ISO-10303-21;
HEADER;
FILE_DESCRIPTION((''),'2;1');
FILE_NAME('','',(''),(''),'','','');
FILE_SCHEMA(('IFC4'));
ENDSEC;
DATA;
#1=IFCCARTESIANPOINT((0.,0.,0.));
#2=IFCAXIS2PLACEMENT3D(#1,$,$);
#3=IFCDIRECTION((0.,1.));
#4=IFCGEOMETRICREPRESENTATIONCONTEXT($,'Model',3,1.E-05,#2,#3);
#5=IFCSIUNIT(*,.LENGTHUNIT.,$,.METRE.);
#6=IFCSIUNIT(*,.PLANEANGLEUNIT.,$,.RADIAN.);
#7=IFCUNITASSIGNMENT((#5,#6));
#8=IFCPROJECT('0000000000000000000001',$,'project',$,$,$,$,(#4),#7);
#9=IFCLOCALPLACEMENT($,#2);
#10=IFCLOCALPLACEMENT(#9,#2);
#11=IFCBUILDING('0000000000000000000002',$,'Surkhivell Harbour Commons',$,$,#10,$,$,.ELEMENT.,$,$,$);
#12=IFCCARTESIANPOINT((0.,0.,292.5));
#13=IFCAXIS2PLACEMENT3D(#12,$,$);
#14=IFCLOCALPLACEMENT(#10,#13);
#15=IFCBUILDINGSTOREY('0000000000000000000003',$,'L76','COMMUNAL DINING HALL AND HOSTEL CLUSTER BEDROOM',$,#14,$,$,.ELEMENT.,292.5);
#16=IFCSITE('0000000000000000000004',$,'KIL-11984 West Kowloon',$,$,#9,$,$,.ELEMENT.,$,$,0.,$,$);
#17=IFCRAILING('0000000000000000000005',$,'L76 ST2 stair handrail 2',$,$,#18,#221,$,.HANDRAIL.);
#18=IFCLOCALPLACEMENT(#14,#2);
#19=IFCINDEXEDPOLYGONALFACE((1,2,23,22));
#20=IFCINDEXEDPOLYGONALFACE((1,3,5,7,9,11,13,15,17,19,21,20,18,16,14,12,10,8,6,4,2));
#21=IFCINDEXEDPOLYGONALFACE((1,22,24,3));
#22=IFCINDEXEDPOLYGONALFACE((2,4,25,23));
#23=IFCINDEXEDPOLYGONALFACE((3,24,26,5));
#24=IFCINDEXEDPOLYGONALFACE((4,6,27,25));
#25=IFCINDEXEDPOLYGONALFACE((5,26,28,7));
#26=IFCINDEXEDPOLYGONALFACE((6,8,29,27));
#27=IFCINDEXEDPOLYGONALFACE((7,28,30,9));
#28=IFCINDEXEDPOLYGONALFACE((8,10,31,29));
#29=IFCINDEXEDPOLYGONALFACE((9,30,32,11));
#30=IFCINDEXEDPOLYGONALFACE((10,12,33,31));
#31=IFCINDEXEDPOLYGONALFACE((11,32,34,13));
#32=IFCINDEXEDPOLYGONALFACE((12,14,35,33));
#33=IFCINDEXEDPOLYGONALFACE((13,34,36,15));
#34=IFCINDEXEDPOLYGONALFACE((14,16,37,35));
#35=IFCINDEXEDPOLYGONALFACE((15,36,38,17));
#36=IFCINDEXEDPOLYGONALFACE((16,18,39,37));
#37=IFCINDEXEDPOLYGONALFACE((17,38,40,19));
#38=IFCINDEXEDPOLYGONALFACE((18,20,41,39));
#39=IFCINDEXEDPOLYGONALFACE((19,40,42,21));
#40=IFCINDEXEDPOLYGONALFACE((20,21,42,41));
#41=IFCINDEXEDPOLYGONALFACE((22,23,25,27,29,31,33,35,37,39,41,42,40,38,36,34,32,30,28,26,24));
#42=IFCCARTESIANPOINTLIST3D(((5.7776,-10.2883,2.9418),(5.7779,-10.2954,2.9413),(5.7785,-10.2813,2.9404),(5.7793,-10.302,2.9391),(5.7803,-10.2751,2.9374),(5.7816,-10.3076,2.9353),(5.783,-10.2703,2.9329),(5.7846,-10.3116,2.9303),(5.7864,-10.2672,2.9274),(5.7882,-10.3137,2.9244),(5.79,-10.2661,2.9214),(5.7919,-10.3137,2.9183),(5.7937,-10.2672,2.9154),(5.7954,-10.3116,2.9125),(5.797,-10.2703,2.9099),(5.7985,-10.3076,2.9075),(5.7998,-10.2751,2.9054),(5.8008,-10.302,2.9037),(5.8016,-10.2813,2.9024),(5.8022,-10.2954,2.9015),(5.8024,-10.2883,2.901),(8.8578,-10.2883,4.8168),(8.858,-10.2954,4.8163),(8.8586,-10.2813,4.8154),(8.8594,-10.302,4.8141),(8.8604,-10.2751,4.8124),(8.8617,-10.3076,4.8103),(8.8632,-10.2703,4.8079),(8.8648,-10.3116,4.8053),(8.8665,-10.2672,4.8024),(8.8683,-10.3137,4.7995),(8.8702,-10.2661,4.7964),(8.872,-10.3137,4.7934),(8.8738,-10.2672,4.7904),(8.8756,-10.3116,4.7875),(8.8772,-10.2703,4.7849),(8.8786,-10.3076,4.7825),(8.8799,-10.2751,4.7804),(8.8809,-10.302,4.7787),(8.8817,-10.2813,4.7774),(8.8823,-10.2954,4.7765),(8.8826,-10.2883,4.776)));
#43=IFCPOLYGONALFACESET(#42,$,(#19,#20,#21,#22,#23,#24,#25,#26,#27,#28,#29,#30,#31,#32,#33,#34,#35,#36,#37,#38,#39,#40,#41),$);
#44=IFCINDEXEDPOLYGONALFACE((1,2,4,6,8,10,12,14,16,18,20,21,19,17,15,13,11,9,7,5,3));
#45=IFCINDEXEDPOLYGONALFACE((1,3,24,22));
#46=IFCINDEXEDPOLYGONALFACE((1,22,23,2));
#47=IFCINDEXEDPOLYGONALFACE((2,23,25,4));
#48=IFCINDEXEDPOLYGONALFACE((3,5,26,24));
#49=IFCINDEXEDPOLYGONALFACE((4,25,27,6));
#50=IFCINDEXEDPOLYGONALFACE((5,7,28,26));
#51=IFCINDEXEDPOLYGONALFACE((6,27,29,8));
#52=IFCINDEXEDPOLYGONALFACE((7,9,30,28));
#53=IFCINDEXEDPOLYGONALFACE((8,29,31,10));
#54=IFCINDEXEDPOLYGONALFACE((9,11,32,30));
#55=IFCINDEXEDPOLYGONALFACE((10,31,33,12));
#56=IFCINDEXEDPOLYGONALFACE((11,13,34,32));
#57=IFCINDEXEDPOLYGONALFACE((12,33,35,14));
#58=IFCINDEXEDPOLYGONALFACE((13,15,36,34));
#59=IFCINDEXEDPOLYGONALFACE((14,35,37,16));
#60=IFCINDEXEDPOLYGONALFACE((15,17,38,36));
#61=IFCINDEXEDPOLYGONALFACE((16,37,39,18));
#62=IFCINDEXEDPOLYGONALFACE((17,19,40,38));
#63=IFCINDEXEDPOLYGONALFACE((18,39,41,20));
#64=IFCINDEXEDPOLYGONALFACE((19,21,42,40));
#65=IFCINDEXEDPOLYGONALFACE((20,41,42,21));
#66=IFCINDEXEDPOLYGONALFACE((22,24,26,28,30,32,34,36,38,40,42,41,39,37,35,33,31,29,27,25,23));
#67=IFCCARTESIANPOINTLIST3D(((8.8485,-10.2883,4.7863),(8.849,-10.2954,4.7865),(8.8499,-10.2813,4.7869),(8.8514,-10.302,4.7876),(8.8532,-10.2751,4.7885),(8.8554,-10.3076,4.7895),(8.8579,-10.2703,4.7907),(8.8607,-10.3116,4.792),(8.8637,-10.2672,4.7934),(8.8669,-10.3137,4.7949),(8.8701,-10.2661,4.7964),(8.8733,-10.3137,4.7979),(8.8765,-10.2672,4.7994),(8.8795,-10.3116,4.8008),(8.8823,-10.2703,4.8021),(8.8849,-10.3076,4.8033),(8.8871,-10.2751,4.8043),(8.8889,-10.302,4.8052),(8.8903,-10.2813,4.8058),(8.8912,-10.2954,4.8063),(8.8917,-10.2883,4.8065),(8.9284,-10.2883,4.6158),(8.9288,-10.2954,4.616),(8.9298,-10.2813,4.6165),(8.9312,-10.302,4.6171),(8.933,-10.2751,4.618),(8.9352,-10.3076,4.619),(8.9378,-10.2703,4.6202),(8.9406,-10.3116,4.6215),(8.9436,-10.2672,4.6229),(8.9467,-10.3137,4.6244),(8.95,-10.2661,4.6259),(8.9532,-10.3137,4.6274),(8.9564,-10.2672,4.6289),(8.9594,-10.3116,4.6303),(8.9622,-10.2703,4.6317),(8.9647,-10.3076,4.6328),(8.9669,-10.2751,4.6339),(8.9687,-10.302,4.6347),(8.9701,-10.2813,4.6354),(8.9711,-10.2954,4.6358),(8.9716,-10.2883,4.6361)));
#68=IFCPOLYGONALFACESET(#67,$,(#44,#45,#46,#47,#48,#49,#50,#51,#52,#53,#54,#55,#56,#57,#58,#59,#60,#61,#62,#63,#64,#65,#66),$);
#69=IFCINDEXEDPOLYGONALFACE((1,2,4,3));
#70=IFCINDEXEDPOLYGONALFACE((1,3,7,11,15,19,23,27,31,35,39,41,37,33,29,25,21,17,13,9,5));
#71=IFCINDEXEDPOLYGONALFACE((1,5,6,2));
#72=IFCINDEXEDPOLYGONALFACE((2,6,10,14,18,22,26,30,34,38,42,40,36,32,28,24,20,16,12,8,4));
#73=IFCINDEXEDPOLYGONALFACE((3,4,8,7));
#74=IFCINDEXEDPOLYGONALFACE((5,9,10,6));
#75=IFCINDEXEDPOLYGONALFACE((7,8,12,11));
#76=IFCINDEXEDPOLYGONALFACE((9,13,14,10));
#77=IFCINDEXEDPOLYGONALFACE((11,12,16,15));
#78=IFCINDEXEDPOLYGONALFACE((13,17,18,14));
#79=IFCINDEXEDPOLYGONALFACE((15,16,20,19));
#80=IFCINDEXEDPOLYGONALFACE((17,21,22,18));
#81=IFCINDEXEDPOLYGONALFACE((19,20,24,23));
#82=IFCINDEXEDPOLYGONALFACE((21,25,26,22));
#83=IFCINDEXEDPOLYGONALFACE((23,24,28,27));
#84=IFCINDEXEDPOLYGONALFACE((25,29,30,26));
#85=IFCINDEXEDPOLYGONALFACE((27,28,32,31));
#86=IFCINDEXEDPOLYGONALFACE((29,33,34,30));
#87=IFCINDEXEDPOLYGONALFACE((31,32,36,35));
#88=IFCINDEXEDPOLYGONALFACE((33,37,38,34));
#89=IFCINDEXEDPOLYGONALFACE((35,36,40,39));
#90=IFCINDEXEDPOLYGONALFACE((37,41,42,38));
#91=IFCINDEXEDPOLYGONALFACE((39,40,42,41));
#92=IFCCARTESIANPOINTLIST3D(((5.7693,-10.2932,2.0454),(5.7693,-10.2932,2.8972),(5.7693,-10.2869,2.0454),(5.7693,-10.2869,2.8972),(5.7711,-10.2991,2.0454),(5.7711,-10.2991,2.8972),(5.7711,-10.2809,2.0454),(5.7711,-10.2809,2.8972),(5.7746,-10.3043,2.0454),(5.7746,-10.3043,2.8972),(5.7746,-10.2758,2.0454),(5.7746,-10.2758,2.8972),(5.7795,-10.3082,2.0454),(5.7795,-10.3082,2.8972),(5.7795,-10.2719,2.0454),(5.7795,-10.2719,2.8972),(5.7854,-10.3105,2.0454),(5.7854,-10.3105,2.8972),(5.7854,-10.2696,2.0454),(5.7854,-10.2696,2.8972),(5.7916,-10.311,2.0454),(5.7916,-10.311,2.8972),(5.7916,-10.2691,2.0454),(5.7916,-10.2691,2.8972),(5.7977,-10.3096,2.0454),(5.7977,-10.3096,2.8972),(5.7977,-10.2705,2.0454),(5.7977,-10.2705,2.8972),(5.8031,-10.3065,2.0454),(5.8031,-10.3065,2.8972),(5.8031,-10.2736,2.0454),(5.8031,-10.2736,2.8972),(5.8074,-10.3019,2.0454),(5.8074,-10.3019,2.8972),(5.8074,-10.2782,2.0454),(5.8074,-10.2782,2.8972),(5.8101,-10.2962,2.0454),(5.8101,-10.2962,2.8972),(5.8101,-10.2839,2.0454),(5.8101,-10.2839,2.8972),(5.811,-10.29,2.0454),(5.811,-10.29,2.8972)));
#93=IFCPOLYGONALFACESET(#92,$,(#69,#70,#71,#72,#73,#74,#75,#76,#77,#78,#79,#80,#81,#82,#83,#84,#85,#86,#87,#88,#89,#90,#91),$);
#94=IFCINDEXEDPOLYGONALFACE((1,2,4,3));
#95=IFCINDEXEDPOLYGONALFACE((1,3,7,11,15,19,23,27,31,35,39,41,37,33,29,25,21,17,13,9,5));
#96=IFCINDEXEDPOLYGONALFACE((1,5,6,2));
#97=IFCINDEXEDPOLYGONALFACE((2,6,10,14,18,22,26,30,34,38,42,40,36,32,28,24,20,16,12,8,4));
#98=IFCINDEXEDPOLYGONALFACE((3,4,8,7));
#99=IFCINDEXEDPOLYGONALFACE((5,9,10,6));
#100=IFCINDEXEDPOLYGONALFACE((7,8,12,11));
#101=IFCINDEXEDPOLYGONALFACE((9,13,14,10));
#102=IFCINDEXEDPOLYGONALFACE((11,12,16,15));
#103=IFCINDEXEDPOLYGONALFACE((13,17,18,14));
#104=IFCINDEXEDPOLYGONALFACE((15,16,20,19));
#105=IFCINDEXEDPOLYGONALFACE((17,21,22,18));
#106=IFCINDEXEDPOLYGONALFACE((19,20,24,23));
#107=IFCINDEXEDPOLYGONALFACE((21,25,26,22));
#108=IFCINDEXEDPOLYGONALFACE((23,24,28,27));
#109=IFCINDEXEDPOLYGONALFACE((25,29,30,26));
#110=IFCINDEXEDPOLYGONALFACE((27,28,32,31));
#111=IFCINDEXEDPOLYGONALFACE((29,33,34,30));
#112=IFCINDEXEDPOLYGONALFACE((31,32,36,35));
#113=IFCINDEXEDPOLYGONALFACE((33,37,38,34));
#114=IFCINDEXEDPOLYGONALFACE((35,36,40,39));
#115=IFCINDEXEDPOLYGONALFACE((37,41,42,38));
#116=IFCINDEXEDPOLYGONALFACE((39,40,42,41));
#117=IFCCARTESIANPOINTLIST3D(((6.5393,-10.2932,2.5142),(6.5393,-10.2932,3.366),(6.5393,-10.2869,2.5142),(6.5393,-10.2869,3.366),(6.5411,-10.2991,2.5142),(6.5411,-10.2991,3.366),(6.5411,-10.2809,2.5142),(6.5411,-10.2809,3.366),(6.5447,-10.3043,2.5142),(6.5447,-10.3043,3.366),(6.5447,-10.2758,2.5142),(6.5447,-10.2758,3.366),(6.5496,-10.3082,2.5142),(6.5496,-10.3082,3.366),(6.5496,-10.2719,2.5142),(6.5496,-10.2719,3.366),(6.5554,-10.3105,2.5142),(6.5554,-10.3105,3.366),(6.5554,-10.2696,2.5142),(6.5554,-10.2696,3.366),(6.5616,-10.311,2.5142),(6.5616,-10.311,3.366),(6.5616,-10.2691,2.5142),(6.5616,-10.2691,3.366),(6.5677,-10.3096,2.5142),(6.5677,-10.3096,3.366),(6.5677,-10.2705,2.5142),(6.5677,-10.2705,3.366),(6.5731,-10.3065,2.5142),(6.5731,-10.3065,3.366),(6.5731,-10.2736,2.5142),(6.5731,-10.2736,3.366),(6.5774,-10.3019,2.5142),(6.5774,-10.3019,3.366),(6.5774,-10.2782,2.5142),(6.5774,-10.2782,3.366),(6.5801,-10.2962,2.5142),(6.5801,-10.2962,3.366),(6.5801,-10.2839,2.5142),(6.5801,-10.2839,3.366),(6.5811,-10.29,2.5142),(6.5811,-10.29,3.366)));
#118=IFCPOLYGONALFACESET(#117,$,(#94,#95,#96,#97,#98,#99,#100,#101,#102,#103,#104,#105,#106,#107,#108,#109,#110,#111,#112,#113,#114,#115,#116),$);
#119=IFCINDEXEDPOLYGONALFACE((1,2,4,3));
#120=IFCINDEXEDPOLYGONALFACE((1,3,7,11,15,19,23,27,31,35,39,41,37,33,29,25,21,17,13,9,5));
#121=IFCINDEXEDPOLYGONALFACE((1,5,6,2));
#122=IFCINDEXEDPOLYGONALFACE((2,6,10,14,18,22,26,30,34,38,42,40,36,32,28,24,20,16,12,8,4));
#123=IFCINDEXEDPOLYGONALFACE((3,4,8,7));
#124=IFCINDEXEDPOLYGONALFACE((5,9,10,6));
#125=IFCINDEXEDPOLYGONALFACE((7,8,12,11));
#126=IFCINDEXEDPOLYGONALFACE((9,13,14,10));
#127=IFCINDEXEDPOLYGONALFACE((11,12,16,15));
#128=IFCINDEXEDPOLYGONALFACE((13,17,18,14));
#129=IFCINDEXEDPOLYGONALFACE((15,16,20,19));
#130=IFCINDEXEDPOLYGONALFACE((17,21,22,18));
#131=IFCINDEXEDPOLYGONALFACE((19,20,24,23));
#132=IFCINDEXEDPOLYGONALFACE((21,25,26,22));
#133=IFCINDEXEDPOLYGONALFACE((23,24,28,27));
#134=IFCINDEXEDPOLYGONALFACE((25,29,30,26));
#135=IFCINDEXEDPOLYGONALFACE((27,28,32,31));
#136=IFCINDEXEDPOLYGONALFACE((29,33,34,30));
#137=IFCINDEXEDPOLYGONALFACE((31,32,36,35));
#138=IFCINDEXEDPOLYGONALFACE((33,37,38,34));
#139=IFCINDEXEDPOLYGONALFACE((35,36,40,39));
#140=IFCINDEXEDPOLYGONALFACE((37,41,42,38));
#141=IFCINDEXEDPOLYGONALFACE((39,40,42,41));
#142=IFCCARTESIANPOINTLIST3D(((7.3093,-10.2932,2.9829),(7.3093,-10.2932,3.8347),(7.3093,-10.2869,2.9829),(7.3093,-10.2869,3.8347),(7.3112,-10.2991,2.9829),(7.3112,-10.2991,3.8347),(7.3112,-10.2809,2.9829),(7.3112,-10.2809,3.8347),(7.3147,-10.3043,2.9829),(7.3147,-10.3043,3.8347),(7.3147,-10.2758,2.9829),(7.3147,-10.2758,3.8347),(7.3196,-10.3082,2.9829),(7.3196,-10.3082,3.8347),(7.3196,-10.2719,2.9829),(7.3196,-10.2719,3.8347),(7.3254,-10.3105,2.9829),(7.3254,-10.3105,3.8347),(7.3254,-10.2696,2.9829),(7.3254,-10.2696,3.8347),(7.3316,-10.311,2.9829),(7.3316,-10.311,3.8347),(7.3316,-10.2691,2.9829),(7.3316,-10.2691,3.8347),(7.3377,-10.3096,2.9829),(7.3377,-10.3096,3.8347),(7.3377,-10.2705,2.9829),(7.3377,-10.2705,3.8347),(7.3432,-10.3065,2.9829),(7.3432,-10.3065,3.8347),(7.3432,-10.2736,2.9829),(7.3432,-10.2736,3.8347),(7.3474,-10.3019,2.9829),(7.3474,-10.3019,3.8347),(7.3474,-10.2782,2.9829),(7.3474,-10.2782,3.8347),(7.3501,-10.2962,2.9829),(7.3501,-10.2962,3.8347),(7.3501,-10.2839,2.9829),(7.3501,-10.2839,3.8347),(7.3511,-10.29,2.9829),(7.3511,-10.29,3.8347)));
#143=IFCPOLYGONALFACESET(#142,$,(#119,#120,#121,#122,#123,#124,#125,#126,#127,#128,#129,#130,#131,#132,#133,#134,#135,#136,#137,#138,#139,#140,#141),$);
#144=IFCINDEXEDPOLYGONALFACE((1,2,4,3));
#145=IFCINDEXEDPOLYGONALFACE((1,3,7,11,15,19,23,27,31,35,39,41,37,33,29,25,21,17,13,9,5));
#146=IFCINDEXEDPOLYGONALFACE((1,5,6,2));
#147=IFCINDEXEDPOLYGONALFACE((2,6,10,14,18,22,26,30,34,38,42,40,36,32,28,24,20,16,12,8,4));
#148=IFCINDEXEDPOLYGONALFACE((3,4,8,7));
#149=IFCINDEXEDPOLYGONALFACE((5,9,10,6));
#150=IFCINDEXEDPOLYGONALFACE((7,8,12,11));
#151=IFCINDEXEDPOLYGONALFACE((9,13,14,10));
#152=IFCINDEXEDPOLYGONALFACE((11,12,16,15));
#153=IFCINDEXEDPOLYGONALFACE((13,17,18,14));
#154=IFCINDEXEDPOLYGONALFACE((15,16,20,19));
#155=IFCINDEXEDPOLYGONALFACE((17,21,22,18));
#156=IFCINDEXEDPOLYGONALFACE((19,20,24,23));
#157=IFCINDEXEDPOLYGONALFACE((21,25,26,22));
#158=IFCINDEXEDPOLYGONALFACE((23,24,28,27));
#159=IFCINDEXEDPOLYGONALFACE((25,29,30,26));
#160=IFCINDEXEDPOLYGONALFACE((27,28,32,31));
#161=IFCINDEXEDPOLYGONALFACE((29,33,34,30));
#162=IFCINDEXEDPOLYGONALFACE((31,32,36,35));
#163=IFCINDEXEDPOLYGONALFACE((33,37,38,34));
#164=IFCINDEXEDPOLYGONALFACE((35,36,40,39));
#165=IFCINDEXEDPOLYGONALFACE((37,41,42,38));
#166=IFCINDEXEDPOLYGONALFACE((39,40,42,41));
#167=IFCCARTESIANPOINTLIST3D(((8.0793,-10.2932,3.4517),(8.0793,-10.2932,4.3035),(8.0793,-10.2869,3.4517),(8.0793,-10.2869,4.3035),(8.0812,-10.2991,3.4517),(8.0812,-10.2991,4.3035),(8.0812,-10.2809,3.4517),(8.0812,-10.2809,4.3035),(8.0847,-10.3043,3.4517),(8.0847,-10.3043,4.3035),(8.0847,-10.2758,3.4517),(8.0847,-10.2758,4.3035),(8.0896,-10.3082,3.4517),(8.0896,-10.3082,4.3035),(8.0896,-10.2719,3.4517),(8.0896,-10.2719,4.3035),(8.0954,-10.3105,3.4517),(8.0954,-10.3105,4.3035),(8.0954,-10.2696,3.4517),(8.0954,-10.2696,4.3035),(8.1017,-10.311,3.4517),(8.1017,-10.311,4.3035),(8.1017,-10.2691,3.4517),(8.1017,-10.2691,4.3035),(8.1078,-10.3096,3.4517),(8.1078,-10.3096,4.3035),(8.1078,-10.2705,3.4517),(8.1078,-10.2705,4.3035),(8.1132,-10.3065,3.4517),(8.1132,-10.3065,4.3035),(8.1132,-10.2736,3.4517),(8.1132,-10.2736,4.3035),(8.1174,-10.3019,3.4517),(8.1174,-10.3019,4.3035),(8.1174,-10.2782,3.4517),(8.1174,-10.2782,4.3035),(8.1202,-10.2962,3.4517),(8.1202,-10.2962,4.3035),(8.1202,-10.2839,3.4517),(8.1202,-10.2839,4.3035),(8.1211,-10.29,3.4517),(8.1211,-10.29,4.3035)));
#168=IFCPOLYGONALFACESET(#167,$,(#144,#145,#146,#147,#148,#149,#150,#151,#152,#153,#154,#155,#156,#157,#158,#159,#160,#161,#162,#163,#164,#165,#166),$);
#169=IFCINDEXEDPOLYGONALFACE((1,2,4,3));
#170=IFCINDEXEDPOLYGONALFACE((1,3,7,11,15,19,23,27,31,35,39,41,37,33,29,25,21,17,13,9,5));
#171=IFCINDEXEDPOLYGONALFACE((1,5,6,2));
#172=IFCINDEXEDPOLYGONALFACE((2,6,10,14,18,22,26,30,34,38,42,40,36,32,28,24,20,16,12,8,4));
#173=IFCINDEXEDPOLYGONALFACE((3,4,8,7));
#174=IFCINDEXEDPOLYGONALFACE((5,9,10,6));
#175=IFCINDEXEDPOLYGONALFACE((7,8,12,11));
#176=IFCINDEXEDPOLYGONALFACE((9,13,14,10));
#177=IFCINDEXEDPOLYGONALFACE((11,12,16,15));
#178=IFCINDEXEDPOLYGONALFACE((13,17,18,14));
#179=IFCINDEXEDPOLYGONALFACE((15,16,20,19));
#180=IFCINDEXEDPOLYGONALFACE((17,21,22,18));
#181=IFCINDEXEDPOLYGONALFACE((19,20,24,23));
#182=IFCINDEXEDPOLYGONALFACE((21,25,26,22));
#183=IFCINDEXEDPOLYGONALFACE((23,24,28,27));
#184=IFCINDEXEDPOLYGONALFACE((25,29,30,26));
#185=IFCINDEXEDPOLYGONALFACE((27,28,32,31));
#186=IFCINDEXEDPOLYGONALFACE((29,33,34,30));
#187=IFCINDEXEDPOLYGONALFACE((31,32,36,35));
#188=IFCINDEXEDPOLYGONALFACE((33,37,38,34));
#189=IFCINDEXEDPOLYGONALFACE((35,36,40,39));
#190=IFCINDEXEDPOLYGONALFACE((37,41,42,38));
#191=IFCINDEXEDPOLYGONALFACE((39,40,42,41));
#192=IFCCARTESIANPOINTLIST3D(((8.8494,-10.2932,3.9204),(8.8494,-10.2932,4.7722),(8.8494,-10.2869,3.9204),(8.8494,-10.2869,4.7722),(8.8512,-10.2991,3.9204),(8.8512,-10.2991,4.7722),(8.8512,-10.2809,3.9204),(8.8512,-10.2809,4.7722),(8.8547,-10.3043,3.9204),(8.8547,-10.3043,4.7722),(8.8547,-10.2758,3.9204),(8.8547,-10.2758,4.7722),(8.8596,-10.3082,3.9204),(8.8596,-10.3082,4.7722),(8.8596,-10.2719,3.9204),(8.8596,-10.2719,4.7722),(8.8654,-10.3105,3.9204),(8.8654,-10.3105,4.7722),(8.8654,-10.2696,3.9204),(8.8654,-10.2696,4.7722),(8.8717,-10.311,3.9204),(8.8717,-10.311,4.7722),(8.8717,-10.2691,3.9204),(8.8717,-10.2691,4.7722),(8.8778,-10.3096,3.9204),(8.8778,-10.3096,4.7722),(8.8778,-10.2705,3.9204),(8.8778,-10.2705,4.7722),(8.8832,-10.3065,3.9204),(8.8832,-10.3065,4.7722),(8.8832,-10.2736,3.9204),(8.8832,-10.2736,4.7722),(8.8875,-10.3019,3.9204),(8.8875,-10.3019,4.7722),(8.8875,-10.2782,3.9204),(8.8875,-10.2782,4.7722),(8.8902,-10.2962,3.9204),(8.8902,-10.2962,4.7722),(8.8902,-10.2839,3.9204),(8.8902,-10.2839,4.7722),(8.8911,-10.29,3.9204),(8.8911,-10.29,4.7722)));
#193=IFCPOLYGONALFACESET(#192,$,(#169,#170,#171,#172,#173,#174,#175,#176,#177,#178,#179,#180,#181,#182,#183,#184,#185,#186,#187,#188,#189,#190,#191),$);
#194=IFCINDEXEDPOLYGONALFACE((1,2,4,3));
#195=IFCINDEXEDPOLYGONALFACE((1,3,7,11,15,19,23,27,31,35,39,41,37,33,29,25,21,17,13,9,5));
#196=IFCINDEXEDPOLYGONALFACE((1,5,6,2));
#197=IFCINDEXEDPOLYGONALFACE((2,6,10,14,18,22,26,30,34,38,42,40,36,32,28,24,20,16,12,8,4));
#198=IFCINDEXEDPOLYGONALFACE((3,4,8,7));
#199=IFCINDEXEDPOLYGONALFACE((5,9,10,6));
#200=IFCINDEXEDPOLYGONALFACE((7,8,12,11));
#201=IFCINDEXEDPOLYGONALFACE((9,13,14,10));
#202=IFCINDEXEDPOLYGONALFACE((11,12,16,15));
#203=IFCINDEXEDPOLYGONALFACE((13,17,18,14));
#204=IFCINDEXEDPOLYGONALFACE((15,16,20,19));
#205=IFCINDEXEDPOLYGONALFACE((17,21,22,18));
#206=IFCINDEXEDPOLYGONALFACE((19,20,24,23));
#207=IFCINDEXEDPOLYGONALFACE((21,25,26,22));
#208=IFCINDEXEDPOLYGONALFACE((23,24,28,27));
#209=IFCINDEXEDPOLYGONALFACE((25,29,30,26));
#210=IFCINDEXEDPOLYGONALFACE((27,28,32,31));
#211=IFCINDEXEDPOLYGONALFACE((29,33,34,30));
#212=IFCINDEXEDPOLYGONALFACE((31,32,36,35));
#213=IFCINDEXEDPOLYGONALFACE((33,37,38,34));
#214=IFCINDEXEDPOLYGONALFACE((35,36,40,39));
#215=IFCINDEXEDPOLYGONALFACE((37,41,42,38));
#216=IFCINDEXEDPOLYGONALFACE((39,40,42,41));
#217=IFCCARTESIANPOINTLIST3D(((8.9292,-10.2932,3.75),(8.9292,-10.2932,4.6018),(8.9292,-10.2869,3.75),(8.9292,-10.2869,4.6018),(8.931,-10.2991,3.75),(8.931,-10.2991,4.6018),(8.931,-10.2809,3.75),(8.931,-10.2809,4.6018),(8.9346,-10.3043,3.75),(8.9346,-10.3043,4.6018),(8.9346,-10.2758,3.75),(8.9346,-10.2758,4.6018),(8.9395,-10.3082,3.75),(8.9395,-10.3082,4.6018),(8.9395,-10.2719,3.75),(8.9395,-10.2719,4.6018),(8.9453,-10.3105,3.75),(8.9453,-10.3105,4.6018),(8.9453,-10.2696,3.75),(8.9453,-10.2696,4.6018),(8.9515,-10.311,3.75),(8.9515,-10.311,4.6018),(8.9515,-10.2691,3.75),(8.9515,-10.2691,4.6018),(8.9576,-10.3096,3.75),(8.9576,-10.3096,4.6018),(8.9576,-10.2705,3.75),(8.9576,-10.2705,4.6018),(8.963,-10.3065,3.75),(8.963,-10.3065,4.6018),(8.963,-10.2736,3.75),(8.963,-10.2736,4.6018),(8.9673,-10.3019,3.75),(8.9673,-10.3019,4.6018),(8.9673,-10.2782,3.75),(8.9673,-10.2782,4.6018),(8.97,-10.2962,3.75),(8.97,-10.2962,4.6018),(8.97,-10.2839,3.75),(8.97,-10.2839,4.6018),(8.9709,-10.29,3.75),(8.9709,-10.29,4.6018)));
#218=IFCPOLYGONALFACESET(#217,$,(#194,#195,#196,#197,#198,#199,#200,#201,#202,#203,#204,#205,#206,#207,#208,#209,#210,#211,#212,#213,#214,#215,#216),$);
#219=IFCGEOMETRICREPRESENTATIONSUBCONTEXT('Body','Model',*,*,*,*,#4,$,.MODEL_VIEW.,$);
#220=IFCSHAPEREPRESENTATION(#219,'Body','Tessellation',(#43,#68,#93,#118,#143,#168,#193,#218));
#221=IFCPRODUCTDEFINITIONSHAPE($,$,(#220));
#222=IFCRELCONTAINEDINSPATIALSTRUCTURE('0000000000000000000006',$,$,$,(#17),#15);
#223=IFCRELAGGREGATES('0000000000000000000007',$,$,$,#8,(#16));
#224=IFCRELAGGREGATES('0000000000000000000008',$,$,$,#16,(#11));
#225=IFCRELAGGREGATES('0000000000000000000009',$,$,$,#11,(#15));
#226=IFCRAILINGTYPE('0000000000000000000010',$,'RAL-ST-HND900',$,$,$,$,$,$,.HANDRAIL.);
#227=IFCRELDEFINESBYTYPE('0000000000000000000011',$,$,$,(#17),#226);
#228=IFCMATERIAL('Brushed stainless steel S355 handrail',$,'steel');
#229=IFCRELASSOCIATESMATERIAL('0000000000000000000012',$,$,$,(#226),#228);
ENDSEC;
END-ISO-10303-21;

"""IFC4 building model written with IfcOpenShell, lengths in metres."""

from ifc_helpers import new_model, si_unit, direction, frame, origin, origin_2d, place, context, subcontext, project, spatial, circle, extrude, material, type_object, element, save


model = new_model("IFC4")

# Units and contexts
model_context = context("Model", 3, precision=1e-05, world=origin(), true_north=direction((0.0, 1.0)))
body_context = subcontext(model_context, "Body", "Model", "MODEL_VIEW")
ifc_project = project(units=[si_unit("LENGTHUNIT", "METRE"), si_unit("PLANEANGLEUNIT", "RADIAN")], contexts=[model_context])

# Site, building, storey
site_placement = place(None, origin())
site = spatial("IfcSite", under=ifc_project, at=site_placement, Name="KIL-11984 West Kowloon", CompositionType="ELEMENT", RefElevation=0.0)
building_placement = place(site_placement, origin())
building = spatial("IfcBuilding", under=site, at=building_placement, Name="Surkhivell Harbour Commons", CompositionType="ELEMENT")
storey_placement = place(building_placement, frame((0.0, 0.0, 292.5)))
storey = spatial("IfcBuildingStorey", under=building, at=storey_placement, Name="L76", Description="COMMUNAL DINING HALL AND HOSTEL CLUSTER BEDROOM", CompositionType="ELEMENT", Elevation=292.5)

# Railing
ifc_material_1 = material(Name="Brushed stainless steel S355 handrail", Category="steel")
railing_type_1 = type_object("IfcRailingType", Name="RAL-ST-HND900", PredefinedType="HANDRAIL", material=ifc_material_1)
railing_1_placement = place(storey_placement, frame((5.79, -10.29, 2.0454)))
element("IfcRailing", 1, at=railing_1_placement, inside=storey, type_object=railing_type_1, Name="L76 ST2 stair handrail 2", PredefinedType="HANDRAIL", context=body_context, shape_type="SweptSolid", body=[
    extrude(circle(Radius=0.0239, at=origin_2d()), frame((0.0, 0.0, 0.876), z_axis=(0.854178, 0.0, 0.519981), x_axis=(0.0, 1.0, 0.0)), (0.0, 0.0, 1.0), 3.606),
    extrude(circle(Radius=0.0239, at=origin_2d()), frame((3.0801, 0.0, 2.751), z_axis=(0.424234, 0.0, -0.905552), x_axis=(0.0, 1.0, 0.0)), (0.0, 0.0, 1.0), 0.1882),
    extrude(circle(Radius=0.021, at=origin_2d()), origin(), (0.0, 0.0, 1.0), 0.8518),
    extrude(circle(Radius=0.021, at=origin_2d()), frame((0.77, 0.0, 0.4688)), (0.0, 0.0, 1.0), 0.8518),
    extrude(circle(Radius=0.021, at=origin_2d()), frame((1.54, 0.0, 0.9375)), (0.0, 0.0, 1.0), 0.8518),
    extrude(circle(Radius=0.021, at=origin_2d()), frame((2.3101, 0.0, 1.4062)), (0.0, 0.0, 1.0), 0.8518),
    extrude(circle(Radius=0.021, at=origin_2d()), frame((3.0801, 0.0, 1.875)), (0.0, 0.0, 1.0), 0.8518),
    extrude(circle(Radius=0.021, at=origin_2d()), frame((3.1599, 0.0, 1.7046)), (0.0, 0.0, 1.0), 0.8518),
])

save(model, "model.ifc")
